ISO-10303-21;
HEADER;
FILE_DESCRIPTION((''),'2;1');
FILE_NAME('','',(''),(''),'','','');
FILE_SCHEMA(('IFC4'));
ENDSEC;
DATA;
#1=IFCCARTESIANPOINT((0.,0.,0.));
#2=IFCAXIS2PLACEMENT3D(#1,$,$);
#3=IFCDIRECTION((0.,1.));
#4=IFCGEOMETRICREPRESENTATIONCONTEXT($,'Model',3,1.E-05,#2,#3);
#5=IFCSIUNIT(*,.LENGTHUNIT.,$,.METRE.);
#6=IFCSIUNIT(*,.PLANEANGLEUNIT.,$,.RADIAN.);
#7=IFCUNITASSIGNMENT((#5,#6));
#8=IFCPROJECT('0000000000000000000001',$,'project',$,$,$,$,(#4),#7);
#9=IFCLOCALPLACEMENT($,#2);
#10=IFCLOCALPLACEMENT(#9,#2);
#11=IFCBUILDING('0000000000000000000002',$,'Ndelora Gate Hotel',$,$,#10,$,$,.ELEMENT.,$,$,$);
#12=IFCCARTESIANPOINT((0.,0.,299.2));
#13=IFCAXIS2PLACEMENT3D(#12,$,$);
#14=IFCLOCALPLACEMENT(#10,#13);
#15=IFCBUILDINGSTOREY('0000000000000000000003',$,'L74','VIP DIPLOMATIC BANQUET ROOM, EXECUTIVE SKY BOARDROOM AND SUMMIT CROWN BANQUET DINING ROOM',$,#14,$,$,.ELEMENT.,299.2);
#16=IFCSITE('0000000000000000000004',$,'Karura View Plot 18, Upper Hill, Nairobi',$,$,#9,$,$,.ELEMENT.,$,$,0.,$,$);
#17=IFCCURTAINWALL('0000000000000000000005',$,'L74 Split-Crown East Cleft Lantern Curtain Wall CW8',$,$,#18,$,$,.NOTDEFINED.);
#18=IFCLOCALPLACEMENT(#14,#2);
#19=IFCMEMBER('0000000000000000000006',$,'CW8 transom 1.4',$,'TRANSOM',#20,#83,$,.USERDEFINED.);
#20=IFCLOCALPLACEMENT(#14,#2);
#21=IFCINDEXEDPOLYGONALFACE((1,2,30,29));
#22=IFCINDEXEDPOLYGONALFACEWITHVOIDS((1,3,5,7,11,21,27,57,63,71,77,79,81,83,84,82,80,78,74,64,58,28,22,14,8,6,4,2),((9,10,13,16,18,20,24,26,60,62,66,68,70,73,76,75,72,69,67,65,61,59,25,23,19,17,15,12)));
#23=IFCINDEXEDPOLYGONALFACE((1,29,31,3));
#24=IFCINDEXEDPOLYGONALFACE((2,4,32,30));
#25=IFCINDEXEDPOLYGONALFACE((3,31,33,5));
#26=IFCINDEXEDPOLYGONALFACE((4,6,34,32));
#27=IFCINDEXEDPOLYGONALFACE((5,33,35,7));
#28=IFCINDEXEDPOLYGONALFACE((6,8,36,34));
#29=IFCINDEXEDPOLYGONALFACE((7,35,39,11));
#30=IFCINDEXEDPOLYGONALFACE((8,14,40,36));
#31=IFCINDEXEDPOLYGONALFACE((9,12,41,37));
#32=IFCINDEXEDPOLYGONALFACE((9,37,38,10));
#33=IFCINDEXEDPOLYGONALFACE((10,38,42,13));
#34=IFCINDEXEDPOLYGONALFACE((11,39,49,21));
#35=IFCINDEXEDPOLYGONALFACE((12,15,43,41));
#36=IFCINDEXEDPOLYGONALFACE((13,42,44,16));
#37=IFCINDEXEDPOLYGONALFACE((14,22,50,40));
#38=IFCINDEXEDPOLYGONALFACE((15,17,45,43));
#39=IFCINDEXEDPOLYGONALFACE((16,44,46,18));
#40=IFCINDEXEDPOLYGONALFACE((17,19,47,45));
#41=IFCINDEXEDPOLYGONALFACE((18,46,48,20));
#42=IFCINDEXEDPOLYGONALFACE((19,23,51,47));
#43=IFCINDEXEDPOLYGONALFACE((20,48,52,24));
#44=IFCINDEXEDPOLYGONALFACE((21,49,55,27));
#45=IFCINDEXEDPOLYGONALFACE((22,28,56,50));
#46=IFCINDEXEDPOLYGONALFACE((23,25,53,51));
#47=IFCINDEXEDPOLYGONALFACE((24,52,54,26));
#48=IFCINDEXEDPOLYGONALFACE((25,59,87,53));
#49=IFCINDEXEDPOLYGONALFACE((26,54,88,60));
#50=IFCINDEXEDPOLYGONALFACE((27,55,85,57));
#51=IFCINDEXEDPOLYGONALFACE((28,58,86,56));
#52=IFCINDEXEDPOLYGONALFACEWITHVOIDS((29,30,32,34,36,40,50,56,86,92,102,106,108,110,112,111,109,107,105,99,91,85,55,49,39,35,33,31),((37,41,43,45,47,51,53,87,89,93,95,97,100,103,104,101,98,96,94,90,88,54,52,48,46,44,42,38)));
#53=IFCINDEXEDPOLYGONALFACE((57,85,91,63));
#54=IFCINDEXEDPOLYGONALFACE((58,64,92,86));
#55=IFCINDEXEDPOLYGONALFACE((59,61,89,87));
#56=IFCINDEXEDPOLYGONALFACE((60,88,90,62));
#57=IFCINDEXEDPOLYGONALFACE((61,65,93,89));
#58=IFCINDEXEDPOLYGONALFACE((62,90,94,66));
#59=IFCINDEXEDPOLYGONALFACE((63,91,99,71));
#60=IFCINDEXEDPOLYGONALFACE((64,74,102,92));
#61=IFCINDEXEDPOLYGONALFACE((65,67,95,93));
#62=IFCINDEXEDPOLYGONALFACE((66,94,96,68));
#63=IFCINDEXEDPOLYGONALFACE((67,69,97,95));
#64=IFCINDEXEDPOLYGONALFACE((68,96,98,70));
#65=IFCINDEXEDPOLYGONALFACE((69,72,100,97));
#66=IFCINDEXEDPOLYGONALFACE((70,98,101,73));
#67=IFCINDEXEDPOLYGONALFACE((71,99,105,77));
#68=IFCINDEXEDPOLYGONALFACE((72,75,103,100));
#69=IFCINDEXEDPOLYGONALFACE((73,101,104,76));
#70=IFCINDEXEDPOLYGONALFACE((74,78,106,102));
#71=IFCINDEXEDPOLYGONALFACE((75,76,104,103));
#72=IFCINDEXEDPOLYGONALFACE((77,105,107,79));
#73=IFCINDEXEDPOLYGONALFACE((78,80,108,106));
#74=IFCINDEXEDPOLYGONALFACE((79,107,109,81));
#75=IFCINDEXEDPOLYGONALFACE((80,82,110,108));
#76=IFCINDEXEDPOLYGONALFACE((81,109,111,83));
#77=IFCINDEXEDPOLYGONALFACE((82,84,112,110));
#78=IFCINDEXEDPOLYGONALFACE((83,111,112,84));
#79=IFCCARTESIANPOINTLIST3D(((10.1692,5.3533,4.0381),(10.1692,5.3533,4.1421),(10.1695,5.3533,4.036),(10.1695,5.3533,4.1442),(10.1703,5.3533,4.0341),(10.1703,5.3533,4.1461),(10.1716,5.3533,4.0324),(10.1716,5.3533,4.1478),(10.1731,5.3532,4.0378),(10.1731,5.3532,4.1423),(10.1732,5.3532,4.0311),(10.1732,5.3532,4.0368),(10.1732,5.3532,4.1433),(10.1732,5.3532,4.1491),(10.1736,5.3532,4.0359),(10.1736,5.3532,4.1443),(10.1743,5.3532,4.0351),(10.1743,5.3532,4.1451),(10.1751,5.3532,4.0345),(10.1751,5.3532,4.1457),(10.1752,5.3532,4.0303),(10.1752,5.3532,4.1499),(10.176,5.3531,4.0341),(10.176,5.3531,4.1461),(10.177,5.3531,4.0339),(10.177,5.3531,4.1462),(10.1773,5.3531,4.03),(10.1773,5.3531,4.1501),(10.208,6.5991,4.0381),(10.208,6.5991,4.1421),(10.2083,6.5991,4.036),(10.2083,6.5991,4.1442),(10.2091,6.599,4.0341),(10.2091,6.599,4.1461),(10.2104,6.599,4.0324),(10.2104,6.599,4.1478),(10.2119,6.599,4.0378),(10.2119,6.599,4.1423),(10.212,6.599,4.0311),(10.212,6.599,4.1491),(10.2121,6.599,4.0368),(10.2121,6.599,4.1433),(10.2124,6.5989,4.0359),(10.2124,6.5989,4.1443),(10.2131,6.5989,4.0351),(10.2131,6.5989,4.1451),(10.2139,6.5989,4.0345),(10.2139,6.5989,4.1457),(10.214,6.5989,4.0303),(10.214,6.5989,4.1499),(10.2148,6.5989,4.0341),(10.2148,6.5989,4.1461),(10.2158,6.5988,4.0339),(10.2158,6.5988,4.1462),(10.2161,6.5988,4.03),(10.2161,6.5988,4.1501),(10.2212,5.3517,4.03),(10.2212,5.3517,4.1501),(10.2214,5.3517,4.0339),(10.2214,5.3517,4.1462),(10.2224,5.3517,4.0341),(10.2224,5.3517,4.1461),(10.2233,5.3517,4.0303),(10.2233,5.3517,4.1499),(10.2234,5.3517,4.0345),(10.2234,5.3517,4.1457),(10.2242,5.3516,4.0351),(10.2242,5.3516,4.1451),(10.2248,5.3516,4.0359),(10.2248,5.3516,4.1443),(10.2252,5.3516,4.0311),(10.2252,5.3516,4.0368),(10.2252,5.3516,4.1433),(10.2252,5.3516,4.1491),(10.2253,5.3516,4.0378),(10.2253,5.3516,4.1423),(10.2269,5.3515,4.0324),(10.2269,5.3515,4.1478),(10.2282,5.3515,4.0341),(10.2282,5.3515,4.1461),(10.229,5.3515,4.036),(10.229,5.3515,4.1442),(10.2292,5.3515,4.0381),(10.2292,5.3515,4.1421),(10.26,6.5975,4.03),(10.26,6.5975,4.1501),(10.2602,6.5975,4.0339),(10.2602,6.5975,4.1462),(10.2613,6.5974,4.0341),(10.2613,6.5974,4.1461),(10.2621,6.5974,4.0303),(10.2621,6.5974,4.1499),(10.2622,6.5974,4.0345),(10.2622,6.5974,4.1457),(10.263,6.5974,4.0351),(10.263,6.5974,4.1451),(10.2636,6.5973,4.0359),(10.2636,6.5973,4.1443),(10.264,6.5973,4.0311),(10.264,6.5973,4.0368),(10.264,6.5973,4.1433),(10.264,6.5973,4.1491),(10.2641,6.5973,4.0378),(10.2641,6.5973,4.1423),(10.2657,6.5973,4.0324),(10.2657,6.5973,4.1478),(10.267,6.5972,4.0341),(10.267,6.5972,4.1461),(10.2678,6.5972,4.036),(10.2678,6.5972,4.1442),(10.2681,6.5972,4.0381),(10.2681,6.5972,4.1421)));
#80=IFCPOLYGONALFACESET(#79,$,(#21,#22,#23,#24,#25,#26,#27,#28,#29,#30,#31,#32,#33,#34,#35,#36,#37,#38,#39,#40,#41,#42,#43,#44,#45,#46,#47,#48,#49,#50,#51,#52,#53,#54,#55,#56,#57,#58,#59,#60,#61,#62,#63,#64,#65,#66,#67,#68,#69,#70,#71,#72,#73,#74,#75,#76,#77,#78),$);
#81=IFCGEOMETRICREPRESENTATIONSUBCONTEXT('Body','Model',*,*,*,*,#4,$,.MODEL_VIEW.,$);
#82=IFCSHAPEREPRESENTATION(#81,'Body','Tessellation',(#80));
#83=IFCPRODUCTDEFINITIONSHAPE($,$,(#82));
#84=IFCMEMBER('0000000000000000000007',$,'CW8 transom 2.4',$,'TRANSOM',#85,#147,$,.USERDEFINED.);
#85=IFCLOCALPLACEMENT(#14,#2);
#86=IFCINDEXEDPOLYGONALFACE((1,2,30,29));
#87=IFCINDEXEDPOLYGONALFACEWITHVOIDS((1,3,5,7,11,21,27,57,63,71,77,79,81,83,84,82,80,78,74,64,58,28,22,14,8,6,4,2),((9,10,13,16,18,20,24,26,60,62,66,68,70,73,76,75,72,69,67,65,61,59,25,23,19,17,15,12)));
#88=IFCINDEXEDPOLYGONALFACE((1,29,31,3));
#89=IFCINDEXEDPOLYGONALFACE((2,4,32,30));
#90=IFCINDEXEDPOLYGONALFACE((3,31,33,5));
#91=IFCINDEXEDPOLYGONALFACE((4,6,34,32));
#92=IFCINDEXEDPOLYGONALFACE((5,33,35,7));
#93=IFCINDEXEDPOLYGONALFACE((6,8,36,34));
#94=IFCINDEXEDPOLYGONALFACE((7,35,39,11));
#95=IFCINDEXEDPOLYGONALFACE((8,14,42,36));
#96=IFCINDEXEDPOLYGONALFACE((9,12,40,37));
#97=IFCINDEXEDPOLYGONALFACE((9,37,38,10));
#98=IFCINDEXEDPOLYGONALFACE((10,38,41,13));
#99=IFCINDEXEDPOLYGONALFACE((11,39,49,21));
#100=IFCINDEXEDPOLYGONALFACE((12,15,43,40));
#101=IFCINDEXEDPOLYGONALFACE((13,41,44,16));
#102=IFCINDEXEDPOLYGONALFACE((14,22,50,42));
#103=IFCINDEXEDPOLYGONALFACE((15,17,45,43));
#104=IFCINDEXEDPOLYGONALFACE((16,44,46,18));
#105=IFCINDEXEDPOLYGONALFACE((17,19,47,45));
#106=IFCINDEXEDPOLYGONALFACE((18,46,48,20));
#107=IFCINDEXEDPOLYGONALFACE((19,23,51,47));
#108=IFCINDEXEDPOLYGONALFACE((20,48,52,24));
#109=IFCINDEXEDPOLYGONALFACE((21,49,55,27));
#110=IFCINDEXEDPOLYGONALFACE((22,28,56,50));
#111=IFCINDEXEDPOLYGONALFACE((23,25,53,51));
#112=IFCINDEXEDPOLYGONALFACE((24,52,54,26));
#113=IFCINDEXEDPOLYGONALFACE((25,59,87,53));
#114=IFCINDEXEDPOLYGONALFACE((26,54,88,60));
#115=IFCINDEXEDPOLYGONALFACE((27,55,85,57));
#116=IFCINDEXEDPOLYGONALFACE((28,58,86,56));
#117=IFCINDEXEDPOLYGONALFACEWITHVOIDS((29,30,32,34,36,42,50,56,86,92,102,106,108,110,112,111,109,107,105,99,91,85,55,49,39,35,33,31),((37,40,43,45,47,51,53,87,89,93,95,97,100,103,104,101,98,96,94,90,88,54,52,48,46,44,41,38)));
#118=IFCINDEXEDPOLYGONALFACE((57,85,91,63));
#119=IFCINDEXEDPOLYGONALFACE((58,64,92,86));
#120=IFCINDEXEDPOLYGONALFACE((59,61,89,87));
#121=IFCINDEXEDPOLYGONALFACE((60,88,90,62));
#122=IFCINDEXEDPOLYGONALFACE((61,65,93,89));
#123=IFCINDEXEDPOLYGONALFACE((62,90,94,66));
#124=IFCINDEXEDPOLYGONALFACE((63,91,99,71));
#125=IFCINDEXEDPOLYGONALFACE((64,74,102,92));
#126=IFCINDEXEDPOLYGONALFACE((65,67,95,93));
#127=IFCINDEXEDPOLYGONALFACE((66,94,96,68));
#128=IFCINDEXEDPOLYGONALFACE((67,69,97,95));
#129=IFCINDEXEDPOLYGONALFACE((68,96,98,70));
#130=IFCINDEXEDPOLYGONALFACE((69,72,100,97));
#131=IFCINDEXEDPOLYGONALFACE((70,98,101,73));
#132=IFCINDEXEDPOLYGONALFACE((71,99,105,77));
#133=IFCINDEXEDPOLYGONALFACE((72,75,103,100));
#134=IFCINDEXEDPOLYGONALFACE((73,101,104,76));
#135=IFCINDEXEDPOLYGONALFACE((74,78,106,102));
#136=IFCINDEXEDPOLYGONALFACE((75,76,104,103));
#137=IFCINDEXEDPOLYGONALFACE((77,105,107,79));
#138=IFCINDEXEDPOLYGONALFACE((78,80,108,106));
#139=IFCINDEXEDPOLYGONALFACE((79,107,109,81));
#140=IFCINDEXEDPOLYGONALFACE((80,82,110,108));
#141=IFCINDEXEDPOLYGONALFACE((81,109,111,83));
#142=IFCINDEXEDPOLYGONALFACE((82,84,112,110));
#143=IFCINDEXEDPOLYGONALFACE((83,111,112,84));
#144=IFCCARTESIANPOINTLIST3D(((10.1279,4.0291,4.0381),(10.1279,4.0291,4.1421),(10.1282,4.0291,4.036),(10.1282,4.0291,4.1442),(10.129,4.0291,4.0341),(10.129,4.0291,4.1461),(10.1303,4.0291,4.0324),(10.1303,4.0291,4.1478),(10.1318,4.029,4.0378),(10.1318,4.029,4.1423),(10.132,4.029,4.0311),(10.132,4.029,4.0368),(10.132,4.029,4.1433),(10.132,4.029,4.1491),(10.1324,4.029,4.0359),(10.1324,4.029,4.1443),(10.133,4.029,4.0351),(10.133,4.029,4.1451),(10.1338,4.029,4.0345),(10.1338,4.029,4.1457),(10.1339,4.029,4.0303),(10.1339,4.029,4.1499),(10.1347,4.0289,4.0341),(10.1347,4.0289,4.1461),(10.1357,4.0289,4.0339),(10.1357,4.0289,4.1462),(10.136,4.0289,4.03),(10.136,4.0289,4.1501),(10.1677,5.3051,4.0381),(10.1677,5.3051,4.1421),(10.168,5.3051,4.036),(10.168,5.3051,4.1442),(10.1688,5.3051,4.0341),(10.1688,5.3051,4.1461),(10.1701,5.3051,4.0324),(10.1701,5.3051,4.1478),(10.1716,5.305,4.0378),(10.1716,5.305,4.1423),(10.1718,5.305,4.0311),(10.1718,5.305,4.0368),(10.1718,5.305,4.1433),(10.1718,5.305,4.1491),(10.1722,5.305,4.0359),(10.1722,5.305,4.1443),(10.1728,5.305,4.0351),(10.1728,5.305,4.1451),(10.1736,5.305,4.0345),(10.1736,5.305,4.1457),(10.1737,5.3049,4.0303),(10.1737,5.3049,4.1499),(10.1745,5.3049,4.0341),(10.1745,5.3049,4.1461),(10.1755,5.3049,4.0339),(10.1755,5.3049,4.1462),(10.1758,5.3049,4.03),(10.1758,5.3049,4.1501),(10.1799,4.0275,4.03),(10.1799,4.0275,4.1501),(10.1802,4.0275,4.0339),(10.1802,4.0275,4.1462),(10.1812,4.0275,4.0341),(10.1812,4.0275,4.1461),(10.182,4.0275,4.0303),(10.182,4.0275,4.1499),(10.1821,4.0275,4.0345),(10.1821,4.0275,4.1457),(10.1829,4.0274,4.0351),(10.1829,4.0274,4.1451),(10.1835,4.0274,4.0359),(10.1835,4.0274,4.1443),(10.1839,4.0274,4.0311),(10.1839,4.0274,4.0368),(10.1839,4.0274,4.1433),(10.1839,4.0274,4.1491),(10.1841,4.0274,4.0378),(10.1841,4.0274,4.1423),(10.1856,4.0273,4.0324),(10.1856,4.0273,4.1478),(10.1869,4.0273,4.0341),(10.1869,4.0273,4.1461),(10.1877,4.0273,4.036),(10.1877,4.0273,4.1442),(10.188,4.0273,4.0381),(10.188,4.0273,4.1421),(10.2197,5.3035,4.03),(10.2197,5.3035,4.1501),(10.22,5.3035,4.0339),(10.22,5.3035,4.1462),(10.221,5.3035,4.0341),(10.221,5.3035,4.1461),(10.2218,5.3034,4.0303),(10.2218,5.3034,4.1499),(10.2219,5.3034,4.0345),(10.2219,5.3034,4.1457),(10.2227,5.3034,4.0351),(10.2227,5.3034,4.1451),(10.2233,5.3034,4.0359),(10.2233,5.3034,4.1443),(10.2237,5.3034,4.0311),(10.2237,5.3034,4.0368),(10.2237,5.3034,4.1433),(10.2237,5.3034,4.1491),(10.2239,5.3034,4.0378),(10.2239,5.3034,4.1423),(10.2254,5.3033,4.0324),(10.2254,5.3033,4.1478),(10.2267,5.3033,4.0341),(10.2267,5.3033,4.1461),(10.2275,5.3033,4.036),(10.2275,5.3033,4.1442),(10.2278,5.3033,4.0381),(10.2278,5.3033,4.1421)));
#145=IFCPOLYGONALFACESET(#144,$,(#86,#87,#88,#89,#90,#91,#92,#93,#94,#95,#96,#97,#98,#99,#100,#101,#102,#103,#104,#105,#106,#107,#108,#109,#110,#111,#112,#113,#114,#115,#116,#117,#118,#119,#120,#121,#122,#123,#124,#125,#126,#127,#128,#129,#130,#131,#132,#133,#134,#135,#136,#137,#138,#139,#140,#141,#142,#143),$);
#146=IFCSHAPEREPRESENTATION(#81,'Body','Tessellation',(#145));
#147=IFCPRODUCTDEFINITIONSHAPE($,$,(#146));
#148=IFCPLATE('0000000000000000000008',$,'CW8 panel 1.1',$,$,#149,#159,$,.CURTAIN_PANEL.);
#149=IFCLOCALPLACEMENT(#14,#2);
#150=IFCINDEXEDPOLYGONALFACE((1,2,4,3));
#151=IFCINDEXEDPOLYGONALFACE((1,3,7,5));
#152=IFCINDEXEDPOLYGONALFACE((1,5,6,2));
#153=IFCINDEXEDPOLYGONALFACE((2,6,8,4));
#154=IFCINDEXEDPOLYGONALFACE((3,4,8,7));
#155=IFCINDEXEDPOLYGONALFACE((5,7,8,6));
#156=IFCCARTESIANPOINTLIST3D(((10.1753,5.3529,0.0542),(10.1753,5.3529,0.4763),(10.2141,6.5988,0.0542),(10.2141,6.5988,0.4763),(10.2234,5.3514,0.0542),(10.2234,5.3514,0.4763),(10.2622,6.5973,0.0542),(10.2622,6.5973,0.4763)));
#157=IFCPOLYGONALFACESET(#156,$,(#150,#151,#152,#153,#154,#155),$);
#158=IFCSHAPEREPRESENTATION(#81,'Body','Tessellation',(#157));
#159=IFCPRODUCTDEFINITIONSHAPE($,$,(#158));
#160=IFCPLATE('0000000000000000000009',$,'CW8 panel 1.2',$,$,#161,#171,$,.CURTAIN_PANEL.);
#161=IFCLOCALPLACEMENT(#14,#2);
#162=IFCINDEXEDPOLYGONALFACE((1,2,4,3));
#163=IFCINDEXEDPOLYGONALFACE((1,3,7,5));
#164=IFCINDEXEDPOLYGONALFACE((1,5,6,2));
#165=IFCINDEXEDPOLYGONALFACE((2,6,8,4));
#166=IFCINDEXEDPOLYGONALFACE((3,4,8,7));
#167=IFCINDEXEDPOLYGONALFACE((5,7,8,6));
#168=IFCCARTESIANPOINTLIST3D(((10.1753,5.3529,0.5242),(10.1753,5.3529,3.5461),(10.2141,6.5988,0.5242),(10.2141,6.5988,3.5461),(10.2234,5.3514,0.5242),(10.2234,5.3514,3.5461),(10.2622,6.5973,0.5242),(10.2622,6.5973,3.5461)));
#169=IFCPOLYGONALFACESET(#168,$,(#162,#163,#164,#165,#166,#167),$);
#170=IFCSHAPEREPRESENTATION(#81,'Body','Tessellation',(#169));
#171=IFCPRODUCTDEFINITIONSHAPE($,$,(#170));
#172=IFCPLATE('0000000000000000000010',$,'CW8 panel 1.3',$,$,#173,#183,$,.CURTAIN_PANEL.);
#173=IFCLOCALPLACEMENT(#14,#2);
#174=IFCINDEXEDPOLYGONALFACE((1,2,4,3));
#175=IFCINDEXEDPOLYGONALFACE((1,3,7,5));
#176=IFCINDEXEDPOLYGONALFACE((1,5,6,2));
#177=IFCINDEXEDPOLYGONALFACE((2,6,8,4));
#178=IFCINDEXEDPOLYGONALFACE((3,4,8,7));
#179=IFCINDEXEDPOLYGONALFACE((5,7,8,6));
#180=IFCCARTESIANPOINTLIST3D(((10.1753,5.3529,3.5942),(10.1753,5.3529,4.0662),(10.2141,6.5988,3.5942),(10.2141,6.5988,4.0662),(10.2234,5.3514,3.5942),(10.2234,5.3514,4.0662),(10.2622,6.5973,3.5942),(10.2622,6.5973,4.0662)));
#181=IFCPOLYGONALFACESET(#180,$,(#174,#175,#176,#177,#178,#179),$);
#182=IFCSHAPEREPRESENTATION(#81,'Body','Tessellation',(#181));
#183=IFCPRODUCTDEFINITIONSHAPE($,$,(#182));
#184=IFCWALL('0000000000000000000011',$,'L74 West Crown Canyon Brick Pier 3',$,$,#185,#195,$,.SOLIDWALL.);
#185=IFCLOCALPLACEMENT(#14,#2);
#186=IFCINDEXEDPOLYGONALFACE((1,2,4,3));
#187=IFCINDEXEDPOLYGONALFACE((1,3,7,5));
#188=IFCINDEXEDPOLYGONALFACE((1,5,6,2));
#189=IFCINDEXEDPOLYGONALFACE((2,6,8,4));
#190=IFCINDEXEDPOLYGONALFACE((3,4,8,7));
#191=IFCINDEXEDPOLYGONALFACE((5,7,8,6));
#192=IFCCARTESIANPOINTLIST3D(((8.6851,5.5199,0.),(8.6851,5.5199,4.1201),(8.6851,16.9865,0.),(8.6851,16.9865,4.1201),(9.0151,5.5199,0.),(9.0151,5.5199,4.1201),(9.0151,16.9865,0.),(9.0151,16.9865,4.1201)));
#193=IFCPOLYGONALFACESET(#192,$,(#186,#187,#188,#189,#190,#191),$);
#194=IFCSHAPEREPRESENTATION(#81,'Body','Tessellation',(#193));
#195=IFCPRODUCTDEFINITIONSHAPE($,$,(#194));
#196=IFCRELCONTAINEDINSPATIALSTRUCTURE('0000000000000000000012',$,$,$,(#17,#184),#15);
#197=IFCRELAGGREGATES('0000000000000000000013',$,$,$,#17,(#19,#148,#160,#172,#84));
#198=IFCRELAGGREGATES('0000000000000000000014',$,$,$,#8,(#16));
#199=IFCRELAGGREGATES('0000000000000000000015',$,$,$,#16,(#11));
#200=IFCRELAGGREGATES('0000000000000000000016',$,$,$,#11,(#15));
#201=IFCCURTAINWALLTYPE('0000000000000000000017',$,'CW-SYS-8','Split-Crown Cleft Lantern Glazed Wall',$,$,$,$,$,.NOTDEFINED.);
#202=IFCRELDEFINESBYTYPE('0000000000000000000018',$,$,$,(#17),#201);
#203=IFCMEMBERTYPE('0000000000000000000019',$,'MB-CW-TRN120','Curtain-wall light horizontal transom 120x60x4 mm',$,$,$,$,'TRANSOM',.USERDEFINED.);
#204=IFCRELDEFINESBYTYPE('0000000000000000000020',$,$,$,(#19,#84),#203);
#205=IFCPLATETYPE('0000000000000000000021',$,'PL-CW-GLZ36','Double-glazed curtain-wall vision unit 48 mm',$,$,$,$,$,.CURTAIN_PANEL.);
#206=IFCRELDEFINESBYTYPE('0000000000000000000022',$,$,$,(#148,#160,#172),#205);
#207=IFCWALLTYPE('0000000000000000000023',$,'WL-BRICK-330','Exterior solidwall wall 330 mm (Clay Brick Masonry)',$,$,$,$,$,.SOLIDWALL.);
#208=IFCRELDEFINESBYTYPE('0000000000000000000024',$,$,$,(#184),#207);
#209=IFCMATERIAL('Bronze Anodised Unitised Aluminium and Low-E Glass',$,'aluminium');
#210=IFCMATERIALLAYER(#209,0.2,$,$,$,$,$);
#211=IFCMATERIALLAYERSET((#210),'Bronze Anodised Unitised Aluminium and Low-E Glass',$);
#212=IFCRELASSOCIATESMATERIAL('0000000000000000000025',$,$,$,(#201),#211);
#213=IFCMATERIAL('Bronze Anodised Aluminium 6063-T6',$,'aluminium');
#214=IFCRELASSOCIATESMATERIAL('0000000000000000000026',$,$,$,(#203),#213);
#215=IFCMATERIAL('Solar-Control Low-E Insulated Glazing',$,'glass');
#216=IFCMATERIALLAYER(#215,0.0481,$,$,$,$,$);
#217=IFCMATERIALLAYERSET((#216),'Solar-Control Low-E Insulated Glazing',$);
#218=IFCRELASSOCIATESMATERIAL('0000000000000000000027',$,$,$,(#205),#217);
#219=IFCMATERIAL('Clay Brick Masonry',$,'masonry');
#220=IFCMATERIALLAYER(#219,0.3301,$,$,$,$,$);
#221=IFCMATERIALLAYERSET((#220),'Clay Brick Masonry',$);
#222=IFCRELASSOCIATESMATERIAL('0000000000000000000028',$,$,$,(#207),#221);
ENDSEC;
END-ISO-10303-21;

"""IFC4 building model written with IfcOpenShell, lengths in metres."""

from ifc_helpers import new_model, si_unit, direction, frame, frame_2d, origin, origin_2d, place, context, subcontext, project, spatial, rectangle, hollow_rectangle, extrude, material, layer, layer_set, material_profile, profile_set, type_object, element, aggregate, save


model = new_model("IFC4")

# Units and contexts
model_context = context("Model", 3, precision=1e-05, world=origin(), true_north=direction((0.0, 1.0)))
body_context = subcontext(model_context, "Body", "Model", "MODEL_VIEW")
ifc_project = project(units=[si_unit("LENGTHUNIT", "METRE"), si_unit("PLANEANGLEUNIT", "RADIAN")], contexts=[model_context])

# Site, building, storey
site_placement = place(None, origin())
site = spatial("IfcSite", under=ifc_project, at=site_placement, Name="Karura View Plot 18, Upper Hill, Nairobi", CompositionType="ELEMENT", RefElevation=0.0)
building_placement = place(site_placement, origin())
building = spatial("IfcBuilding", under=site, at=building_placement, Name="Ndelora Gate Hotel", CompositionType="ELEMENT")
storey_placement = place(building_placement, frame((0.0, 0.0, 299.2)))
storey = spatial("IfcBuildingStorey", under=building, at=storey_placement, Name="L74", Description="VIP DIPLOMATIC BANQUET ROOM, EXECUTIVE SKY BOARDROOM AND SUMMIT CROWN BANQUET DINING ROOM", CompositionType="ELEMENT", Elevation=299.2)

# Shared definitions
ifc_material_1 = material(Name="Bronze Anodised Unitised Aluminium and Low-E Glass", Category="aluminium")
ifc_layer_1 = layer(ifc_material_1, 0.2)
ifc_layer_set_1 = layer_set([ifc_layer_1], Name="Bronze Anodised Unitised Aluminium and Low-E Glass")
curtain_wall_type = type_object("IfcCurtainWallType", Name="CW-SYS-8", Description="Split-Crown Cleft Lantern Glazed Wall", PredefinedType="NOTDEFINED", material=ifc_layer_set_1)
ifc_material_2 = material(Name="Bronze Anodised Aluminium 6063-T6", Category="aluminium")

# Curtain wall, members, plates
curtain_wall_1_placement = place(storey_placement, origin())
curtain_wall_1 = element("IfcCurtainWall", 1, at=curtain_wall_1_placement, inside=storey, type_object=curtain_wall_type, Name="L74 Split-Crown East Cleft Lantern Curtain Wall CW8", PredefinedType="NOTDEFINED")
ifc_material_profile_1 = material_profile(ifc_material_2, hollow_rectangle(XDim=0.0601, YDim=0.1201, WallThickness=0.0039, InnerFilletRadius=0.0039, OuterFilletRadius=0.0081, at=origin_2d()), Name="ALU 120x60x4")
ifc_profile_set_1 = profile_set([ifc_material_profile_1], Name="Bronze Anodised Aluminium 6063-T6")
member_type_1 = type_object("IfcMemberType", Name="MB-CW-TRN120", Description="Curtain-wall light horizontal transom 120x60x4 mm", ElementType="TRANSOM", PredefinedType="USERDEFINED", material=ifc_profile_set_1)
member_1_placement = place(storey_placement, frame((10.238, 6.5981, 4.0901), z_axis=(-0.031143, -0.999515, 0.0), x_axis=(0.999515, -0.031143, 0.0)))
member_1 = element("IfcMember", 2, at=member_1_placement, type_object=member_type_1, Name="CW8 transom 1.4", ObjectType="TRANSOM", PredefinedType="USERDEFINED", context=body_context, shape_type="SweptSolid", body=[
    extrude(hollow_rectangle(XDim=0.0601, YDim=0.1201, WallThickness=0.0039, InnerFilletRadius=0.0039, OuterFilletRadius=0.0081, at=origin_2d()), origin(), (0.0, 0.0, 1.0), 1.2463),
])
member_2_placement = place(storey_placement, frame((10.1978, 5.3042, 4.0901), z_axis=(-0.031175, -0.999514, 0.0), x_axis=(0.999514, -0.031175, 0.0)))
member_2 = element("IfcMember", 3, at=member_2_placement, type_object=member_type_1, Name="CW8 transom 2.4", ObjectType="TRANSOM", PredefinedType="USERDEFINED", context=body_context, shape_type="SweptSolid", body=[
    extrude(hollow_rectangle(XDim=0.0601, YDim=0.1201, WallThickness=0.0039, InnerFilletRadius=0.0039, OuterFilletRadius=0.0081, at=origin_2d()), origin(), (0.0, 0.0, 1.0), 1.2766),
])
ifc_material_3 = material(Name="Solar-Control Low-E Insulated Glazing", Category="glass")
ifc_layer_2 = layer(ifc_material_3, 0.0481)
ifc_layer_set_2 = layer_set([ifc_layer_2], Name="Solar-Control Low-E Insulated Glazing")
plate_type = type_object("IfcPlateType", Name="PL-CW-GLZ36", Description="Double-glazed curtain-wall vision unit 48 mm", PredefinedType="CURTAIN_PANEL", material=ifc_layer_set_2)
plate_1_placement = place(storey_placement, frame((10.2188, 5.9751, 0.0542), z_axis=(0.0, 0.0, 1.0), x_axis=(-0.031131, -0.999515, 0.0)))
plate_1 = element("IfcPlate", 4, at=plate_1_placement, type_object=plate_type, Name="CW8 panel 1.1", PredefinedType="CURTAIN_PANEL", context=body_context, shape_type="SweptSolid", body=[
    extrude(rectangle(XDim=1.2466, YDim=0.0481, at=origin_2d()), origin(), (0.0, 0.0, 1.0), 0.4221),
])
plate_2_placement = place(storey_placement, frame((10.2188, 5.9751, 0.5242), z_axis=(0.0, 0.0, 1.0), x_axis=(-0.031131, -0.999515, 0.0)))
plate_2 = element("IfcPlate", 5, at=plate_2_placement, type_object=plate_type, Name="CW8 panel 1.2", PredefinedType="CURTAIN_PANEL", context=body_context, shape_type="SweptSolid", body=[
    extrude(rectangle(XDim=1.2466, YDim=0.0481, at=origin_2d()), origin(), (0.0, 0.0, 1.0), 3.022),
])
plate_3_placement = place(storey_placement, frame((10.2188, 5.9751, 3.5942), z_axis=(0.0, 0.0, 1.0), x_axis=(-0.031131, -0.999515, 0.0)))
plate_3 = element("IfcPlate", 6, at=plate_3_placement, type_object=plate_type, Name="CW8 panel 1.3", PredefinedType="CURTAIN_PANEL", context=body_context, shape_type="SweptSolid", body=[
    extrude(rectangle(XDim=1.2466, YDim=0.0481, at=origin_2d()), origin(), (0.0, 0.0, 1.0), 0.4719),
])
aggregate(curtain_wall_1, [member_1, plate_1, plate_2, plate_3, member_2])

# Wall
ifc_material_4 = material(Name="Clay Brick Masonry", Category="masonry")
ifc_layer_3 = layer(ifc_material_4, 0.3301)
ifc_layer_set_3 = layer_set([ifc_layer_3], Name="Clay Brick Masonry")
wall_type_1 = type_object("IfcWallType", Name="WL-BRICK-330", Description="Exterior solidwall wall 330 mm (Clay Brick Masonry)", PredefinedType="SOLIDWALL", material=ifc_layer_set_3)
wall_1_placement = place(storey_placement, frame((8.8501, 16.9866, 0.0), z_axis=(0.0, 0.0, 1.0), x_axis=(0.0, -1.0, 0.0)))
element("IfcWall", 7, at=wall_1_placement, inside=storey, type_object=wall_type_1, Name="L74 West Crown Canyon Brick Pier 3", PredefinedType="SOLIDWALL", context=body_context, shape_type="SweptSolid", body=[
    extrude(rectangle(XDim=11.4666, YDim=0.3301, at=frame_2d((5.7334, 0.0))), origin(), (0.0, 0.0, 1.0), 4.1201),
])

save(model, "model.ifc")
